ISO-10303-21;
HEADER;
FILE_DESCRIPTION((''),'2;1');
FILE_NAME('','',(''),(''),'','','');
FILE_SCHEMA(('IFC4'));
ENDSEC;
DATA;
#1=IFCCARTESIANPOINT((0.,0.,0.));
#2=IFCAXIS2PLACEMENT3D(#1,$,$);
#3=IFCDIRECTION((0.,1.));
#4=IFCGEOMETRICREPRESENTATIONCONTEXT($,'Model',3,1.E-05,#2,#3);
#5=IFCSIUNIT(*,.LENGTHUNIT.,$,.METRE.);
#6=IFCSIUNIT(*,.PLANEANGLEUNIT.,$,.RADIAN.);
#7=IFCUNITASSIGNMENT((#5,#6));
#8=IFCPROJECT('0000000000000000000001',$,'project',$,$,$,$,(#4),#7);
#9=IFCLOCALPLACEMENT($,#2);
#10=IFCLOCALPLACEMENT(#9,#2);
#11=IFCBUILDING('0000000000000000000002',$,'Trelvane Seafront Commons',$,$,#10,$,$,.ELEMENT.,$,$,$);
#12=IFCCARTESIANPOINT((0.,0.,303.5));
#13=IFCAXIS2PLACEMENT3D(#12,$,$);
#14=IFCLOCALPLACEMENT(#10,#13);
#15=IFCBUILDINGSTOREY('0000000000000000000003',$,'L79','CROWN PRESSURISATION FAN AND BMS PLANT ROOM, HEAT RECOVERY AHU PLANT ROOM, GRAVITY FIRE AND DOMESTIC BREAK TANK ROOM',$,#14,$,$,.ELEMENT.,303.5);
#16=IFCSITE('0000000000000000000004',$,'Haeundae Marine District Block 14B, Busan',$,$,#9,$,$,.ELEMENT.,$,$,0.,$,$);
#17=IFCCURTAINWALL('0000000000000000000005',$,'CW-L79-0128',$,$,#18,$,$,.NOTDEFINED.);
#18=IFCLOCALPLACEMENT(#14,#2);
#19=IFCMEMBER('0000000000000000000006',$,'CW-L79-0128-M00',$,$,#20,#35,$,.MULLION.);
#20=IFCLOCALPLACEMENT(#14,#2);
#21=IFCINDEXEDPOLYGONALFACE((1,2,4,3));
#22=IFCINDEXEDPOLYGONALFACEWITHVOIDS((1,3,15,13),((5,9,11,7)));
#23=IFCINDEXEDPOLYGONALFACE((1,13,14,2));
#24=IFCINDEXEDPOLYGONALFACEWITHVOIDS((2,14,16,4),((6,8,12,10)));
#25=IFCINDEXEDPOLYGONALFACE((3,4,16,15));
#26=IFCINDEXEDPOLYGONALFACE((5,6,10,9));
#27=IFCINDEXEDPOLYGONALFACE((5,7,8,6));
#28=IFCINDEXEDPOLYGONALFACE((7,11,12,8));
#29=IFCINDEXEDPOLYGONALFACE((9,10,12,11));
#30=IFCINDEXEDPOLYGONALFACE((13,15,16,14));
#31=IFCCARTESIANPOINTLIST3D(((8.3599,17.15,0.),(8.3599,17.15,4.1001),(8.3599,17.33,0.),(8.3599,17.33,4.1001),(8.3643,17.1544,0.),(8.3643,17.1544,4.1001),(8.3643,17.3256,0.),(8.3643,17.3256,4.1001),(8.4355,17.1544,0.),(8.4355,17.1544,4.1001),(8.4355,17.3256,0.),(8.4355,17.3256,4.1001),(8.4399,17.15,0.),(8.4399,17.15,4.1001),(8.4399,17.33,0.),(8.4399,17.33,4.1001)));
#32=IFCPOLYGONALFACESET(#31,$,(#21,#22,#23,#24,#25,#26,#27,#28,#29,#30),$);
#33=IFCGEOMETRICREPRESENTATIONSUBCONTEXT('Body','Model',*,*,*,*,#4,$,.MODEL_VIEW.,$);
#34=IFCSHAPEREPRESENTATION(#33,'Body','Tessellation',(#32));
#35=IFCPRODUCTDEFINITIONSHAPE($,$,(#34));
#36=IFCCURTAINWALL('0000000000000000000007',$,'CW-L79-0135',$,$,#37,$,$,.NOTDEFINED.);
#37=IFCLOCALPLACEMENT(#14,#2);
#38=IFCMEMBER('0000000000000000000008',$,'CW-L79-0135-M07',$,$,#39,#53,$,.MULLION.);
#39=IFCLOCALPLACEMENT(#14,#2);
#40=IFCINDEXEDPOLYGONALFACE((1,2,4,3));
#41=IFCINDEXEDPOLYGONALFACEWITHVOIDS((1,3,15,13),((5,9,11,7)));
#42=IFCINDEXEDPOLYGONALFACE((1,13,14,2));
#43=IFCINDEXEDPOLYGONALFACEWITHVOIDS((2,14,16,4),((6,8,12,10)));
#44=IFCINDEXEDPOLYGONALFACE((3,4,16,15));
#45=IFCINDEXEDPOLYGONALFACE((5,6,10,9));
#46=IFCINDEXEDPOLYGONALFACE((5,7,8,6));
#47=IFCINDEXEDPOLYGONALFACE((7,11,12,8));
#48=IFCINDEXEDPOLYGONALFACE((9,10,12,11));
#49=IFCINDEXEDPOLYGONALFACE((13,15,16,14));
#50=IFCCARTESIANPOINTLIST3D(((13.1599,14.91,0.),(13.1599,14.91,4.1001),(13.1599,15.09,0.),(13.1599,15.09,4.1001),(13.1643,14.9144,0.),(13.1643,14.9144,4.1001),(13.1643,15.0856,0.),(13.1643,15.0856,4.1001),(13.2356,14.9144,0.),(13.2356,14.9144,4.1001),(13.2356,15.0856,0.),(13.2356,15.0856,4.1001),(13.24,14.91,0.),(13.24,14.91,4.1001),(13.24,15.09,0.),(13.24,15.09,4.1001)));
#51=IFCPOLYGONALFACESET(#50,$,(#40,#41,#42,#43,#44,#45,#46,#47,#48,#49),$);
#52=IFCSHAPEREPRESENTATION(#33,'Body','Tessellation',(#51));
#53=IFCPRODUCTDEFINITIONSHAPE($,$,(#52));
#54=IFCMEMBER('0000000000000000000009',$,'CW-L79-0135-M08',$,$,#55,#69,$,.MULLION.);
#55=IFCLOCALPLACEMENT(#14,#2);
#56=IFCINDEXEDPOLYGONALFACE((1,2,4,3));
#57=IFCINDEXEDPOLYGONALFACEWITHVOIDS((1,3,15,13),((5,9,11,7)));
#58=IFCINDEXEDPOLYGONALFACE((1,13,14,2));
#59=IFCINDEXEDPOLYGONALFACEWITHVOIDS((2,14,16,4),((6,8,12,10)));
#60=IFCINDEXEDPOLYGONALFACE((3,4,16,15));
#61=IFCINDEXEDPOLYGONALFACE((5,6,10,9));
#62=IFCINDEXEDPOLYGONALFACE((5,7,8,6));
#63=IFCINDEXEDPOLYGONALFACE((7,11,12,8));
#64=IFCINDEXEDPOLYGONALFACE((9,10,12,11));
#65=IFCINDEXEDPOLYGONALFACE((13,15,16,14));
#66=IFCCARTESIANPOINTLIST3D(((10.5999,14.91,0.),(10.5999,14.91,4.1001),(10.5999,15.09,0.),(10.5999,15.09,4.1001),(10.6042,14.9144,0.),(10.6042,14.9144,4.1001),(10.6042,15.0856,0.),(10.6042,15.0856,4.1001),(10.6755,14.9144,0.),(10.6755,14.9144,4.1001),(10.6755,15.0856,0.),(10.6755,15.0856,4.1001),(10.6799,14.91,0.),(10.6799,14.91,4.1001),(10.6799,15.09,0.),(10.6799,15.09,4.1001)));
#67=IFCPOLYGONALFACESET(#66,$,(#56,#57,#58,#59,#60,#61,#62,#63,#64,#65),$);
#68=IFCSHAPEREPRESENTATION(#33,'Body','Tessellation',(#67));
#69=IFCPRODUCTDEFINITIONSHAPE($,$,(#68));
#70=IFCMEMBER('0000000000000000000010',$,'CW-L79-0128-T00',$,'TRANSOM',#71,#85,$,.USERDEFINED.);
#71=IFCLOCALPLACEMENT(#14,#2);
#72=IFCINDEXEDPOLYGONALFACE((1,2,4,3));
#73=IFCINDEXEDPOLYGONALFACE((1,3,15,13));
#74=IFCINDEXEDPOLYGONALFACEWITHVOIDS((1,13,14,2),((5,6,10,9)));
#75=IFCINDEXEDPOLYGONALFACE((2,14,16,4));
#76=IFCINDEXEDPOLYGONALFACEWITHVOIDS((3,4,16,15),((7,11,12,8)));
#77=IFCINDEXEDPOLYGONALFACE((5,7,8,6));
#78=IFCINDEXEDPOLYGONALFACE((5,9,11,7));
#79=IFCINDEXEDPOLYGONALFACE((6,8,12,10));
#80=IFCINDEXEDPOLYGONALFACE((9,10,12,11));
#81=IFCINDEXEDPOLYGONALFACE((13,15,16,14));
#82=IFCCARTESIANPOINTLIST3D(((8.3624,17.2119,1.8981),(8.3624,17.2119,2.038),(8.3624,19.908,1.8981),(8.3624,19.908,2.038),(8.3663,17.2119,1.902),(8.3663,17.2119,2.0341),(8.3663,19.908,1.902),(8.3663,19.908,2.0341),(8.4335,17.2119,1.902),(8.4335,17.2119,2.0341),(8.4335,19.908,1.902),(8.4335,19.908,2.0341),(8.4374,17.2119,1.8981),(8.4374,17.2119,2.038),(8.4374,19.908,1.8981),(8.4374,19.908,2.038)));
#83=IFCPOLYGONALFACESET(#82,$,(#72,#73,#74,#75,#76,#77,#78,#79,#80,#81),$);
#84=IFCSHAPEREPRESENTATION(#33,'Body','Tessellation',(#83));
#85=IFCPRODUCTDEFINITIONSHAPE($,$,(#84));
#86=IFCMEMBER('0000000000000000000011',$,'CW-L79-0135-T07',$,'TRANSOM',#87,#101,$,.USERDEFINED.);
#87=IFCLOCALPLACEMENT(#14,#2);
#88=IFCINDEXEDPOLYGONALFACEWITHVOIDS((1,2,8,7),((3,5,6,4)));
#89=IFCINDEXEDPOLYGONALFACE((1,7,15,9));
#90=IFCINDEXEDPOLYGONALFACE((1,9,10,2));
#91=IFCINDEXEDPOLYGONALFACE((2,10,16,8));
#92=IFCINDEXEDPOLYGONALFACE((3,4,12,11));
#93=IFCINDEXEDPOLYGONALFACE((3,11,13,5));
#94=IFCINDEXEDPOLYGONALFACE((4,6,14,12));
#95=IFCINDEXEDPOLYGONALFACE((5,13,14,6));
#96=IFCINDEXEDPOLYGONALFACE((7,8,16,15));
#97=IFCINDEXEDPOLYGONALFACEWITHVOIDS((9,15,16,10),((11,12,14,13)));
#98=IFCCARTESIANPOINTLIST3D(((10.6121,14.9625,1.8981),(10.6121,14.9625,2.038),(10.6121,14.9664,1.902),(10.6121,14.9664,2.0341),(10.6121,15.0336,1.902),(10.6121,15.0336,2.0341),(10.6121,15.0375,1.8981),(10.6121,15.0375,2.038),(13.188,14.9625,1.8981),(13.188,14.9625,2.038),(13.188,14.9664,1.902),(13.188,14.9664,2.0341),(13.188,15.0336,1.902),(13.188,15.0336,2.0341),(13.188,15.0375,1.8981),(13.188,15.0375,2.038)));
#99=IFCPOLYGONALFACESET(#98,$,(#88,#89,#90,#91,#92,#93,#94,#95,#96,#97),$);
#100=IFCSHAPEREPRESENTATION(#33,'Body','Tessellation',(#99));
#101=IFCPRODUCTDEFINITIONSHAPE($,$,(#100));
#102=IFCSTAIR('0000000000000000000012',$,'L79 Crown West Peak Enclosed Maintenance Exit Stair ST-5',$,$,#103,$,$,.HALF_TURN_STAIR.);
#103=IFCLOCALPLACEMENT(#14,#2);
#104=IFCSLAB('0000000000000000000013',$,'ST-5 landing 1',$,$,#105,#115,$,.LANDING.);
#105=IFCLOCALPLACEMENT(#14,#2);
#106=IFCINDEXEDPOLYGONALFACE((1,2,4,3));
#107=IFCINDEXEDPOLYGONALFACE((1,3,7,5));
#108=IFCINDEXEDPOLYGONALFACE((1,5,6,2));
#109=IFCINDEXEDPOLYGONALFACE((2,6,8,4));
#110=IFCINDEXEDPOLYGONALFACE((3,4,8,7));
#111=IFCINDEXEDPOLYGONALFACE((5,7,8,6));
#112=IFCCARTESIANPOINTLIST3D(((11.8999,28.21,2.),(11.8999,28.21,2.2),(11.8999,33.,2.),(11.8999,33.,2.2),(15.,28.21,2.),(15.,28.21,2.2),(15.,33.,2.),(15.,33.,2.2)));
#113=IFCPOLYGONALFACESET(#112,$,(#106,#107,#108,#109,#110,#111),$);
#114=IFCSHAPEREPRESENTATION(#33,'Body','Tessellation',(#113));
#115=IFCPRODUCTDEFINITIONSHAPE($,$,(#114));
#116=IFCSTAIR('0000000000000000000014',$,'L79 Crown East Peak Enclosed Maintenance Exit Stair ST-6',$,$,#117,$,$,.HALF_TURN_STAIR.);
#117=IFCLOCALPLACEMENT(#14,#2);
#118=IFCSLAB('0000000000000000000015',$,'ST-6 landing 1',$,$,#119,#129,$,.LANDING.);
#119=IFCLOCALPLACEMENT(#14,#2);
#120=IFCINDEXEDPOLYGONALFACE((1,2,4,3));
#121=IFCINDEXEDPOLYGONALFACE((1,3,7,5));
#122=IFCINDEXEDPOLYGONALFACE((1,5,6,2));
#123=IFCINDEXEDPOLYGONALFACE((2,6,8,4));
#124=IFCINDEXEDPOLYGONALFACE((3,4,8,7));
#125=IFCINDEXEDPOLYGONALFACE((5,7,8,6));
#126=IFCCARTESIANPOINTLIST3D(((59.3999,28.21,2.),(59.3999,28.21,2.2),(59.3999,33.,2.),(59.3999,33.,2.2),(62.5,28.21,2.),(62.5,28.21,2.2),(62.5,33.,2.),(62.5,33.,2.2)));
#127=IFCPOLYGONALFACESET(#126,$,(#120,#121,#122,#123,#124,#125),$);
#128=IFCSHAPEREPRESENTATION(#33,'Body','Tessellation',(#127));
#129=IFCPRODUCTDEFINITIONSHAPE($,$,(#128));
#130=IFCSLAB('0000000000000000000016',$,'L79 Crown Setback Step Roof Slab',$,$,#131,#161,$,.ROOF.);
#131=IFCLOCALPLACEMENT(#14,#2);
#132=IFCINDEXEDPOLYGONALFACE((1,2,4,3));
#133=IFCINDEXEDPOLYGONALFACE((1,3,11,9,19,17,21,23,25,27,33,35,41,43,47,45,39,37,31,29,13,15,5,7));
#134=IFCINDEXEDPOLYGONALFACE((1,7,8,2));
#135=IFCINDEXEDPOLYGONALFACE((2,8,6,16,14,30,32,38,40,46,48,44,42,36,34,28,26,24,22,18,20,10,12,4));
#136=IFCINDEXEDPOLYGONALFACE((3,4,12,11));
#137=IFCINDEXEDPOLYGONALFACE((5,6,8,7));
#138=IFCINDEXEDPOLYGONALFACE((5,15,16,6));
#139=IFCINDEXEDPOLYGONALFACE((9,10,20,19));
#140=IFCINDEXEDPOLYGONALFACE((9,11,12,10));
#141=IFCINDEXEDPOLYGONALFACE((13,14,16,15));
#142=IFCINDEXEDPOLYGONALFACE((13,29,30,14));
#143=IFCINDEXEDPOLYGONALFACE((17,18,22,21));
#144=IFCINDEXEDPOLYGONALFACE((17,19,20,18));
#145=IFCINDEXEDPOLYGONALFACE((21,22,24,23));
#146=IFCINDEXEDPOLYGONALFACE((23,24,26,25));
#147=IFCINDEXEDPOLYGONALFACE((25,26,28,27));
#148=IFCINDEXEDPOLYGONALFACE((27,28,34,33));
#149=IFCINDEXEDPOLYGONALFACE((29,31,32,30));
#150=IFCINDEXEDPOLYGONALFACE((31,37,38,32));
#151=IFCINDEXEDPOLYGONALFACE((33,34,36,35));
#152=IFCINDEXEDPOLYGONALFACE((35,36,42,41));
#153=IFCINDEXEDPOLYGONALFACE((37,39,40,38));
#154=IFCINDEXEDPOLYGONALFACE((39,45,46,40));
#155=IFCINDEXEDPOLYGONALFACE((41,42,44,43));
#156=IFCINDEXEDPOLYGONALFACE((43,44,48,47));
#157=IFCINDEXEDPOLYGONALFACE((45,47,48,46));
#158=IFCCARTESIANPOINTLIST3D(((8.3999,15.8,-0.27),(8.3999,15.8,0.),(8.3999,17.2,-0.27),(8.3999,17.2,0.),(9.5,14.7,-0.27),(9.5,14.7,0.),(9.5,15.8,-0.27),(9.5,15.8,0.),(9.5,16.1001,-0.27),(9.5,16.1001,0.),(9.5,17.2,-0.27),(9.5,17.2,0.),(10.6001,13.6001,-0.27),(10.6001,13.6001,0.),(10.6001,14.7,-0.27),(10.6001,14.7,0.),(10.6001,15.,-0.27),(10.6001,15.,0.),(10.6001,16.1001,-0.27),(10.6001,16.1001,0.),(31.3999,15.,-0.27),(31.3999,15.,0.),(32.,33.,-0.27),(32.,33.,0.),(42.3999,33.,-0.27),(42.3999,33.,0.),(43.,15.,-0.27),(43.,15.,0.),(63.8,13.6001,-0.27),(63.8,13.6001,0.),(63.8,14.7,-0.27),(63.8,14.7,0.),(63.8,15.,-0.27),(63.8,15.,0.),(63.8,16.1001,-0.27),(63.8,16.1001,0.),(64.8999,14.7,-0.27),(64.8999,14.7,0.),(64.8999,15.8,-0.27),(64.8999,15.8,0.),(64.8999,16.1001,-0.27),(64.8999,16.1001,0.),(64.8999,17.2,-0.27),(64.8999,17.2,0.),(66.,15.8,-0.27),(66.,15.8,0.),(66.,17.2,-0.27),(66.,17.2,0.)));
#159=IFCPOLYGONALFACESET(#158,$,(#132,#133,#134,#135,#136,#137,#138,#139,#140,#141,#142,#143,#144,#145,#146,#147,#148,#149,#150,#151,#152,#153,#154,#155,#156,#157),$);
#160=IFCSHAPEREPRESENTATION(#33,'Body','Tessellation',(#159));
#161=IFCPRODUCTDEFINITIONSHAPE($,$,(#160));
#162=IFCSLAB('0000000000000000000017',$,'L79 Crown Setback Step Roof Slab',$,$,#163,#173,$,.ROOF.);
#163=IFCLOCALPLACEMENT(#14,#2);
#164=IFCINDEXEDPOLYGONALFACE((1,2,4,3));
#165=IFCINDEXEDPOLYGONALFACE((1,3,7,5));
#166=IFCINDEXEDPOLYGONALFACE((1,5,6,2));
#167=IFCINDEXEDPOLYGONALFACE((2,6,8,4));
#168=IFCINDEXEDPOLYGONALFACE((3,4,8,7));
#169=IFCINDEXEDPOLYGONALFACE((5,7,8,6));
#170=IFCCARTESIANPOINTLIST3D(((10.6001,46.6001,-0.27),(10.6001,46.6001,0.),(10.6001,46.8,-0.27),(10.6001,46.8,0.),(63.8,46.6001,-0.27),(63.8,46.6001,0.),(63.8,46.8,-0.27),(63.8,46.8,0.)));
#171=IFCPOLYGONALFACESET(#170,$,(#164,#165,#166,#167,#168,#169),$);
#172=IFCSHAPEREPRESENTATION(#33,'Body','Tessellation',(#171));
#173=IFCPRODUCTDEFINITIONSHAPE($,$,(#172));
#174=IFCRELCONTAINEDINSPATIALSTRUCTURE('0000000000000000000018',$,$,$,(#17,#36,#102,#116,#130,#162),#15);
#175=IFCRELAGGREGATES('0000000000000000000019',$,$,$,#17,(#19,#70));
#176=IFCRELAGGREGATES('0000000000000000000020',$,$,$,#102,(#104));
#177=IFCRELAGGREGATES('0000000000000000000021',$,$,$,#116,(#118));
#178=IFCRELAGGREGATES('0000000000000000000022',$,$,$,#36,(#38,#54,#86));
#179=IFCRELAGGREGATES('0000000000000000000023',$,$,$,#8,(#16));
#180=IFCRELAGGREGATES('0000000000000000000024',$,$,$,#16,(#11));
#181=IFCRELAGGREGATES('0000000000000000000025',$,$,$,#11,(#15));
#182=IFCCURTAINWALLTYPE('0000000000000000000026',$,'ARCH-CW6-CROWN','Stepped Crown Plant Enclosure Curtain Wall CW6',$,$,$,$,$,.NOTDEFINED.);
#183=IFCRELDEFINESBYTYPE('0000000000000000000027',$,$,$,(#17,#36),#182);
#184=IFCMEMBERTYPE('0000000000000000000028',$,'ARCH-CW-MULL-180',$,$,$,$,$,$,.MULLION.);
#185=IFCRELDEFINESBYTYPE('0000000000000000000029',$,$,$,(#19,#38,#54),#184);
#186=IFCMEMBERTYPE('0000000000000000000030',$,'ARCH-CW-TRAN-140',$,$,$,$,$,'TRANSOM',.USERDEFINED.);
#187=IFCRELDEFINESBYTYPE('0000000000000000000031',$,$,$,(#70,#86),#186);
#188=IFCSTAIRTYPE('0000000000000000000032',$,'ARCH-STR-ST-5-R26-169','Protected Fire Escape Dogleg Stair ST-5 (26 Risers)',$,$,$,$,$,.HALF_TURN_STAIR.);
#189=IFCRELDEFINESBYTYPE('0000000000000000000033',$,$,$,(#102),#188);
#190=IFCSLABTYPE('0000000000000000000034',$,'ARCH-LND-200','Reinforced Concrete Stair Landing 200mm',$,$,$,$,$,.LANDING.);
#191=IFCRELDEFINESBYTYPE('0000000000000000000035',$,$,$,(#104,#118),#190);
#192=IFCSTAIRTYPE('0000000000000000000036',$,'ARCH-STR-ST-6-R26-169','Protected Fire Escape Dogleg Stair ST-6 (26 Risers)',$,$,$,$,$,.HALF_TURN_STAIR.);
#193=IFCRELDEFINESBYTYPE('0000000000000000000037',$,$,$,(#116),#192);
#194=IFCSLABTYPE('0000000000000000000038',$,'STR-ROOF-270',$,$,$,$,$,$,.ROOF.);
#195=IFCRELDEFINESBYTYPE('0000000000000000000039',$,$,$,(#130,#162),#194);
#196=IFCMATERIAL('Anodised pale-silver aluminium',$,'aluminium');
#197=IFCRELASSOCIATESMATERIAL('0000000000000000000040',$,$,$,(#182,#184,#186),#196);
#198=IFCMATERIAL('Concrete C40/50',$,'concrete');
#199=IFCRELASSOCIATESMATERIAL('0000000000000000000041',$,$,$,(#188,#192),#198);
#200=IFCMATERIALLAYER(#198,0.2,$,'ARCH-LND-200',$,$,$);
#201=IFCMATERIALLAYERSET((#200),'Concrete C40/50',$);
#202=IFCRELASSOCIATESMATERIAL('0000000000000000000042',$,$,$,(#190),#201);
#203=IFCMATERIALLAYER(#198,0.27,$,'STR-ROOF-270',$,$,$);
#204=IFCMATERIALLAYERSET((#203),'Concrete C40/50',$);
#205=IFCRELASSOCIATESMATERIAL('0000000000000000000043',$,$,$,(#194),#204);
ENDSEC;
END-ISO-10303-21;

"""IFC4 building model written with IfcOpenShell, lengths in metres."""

from ifc_helpers import new_model, si_unit, direction, frame, origin, origin_2d, place, context, subcontext, project, spatial, polyline, hollow_rectangle, outline, extrude, source, transform, mapped, material, layer, layer_set, material_profile, profile_set, type_object, element, aggregate, save


model = new_model("IFC4")

# Units and contexts
model_context = context("Model", 3, precision=1e-05, world=origin(), true_north=direction((0.0, 1.0)))
body_context = subcontext(model_context, "Body", "Model", "MODEL_VIEW")
ifc_project = project(units=[si_unit("LENGTHUNIT", "METRE"), si_unit("PLANEANGLEUNIT", "RADIAN")], contexts=[model_context])

# Site, building, storey
site_placement = place(None, origin())
site = spatial("IfcSite", under=ifc_project, at=site_placement, Name="Haeundae Marine District Block 14B, Busan", CompositionType="ELEMENT", RefElevation=0.0)
building_placement = place(site_placement, origin())
building = spatial("IfcBuilding", under=site, at=building_placement, Name="Trelvane Seafront Commons", CompositionType="ELEMENT")
storey_placement = place(building_placement, frame((0.0, 0.0, 303.5)))
storey = spatial("IfcBuildingStorey", under=building, at=storey_placement, Name="L79", Description="CROWN PRESSURISATION FAN AND BMS PLANT ROOM, HEAT RECOVERY AHU PLANT ROOM, GRAVITY FIRE AND DOMESTIC BREAK TANK ROOM", CompositionType="ELEMENT", Elevation=303.5)

# Curtain wall, member
ifc_material_1 = material(Name="Anodised pale-silver aluminium", Category="aluminium")
curtain_wall_type = type_object("IfcCurtainWallType", Name="ARCH-CW6-CROWN", Description="Stepped Crown Plant Enclosure Curtain Wall CW6", PredefinedType="NOTDEFINED", material=ifc_material_1)
curtain_wall_1_placement = place(storey_placement, origin())
curtain_wall_1 = element("IfcCurtainWall", 1, at=curtain_wall_1_placement, inside=storey, type_object=curtain_wall_type, Name="CW-L79-0128", PredefinedType="NOTDEFINED")
ifc_material_profile_1 = material_profile(ifc_material_1, hollow_rectangle(XDim=0.0801, YDim=0.1799, WallThickness=0.0044, at=origin_2d()), Name="MULL-80x180x4.5")
ifc_profile_set_1 = profile_set([ifc_material_profile_1], Name="Anodised pale-silver aluminium")
member_type_1 = type_object("IfcMemberType", Name="ARCH-CW-MULL-180", PredefinedType="MULLION", material=ifc_profile_set_1)
shared_shape_1 = source(origin(), body_context, "Body", "SweptSolid", [
    extrude(hollow_rectangle(XDim=0.0801, YDim=0.1799, WallThickness=0.0044, at=origin_2d()), origin(), (0.0, 0.0, 1.0), 4.1001),
])
member_1_placement = place(storey_placement, frame((8.3999, 17.24, 0.0), z_axis=(0.0, 0.0, 1.0), x_axis=(1.0, 0.0, 0.0)))
member_1 = element("IfcMember", 2, at=member_1_placement, type_object=member_type_1, Name="CW-L79-0128-M00", PredefinedType="MULLION", context=body_context, shape_type="MappedRepresentation", body=[
    mapped(shared_shape_1, transform((0.0, 0.0, 0.0), x_axis=(1.0, 0.0, 0.0), y_axis=(0.0, 1.0, 0.0), z_axis=(0.0, 0.0, 1.0), scale=1.0)),
])

# Curtain wall, members
curtain_wall_2_placement = place(storey_placement, origin())
curtain_wall_2 = element("IfcCurtainWall", 3, at=curtain_wall_2_placement, inside=storey, type_object=curtain_wall_type, Name="CW-L79-0135", PredefinedType="NOTDEFINED")
member_2_placement = place(storey_placement, frame((13.2, 15.0, 0.0), z_axis=(0.0, 0.0, 1.0), x_axis=(1.0, 0.0, 0.0)))
member_2 = element("IfcMember", 4, at=member_2_placement, type_object=member_type_1, Name="CW-L79-0135-M07", PredefinedType="MULLION", context=body_context, shape_type="MappedRepresentation", body=[
    mapped(shared_shape_1, transform((0.0, 0.0, 0.0), x_axis=(1.0, 0.0, 0.0), y_axis=(0.0, 1.0, 0.0), z_axis=(0.0, 0.0, 1.0), scale=1.0)),
])
member_3_placement = place(storey_placement, frame((10.6399, 15.0, 0.0), z_axis=(0.0, 0.0, 1.0), x_axis=(1.0, 0.0, 0.0)))
member_3 = element("IfcMember", 5, at=member_3_placement, type_object=member_type_1, Name="CW-L79-0135-M08", PredefinedType="MULLION", context=body_context, shape_type="MappedRepresentation", body=[
    mapped(shared_shape_1, transform((0.0, 0.0, 0.0), x_axis=(1.0, 0.0, 0.0), y_axis=(0.0, 1.0, 0.0), z_axis=(0.0, 0.0, 1.0), scale=1.0)),
])

# Members
ifc_material_profile_2 = material_profile(ifc_material_1, hollow_rectangle(XDim=0.075, YDim=0.1399, WallThickness=0.0039, at=origin_2d()), Name="TRAN-75x140x4")
ifc_profile_set_2 = profile_set([ifc_material_profile_2], Name="Anodised pale-silver aluminium")
member_type_2 = type_object("IfcMemberType", Name="ARCH-CW-TRAN-140", ElementType="TRANSOM", PredefinedType="USERDEFINED", material=ifc_profile_set_2)
shared_shape_2 = source(origin(), body_context, "Body", "SweptSolid", [
    extrude(hollow_rectangle(XDim=0.075, YDim=0.1399, WallThickness=0.0039, at=origin_2d()), origin(), (0.0, 0.0, 1.0), 2.696),
])
member_4_placement = place(storey_placement, frame((8.3999, 17.2119, 1.968), z_axis=(0.0, 1.0, 0.0), x_axis=(-1.0, 0.0, 0.0)))
member_4 = element("IfcMember", 6, at=member_4_placement, type_object=member_type_2, Name="CW-L79-0128-T00", ObjectType="TRANSOM", PredefinedType="USERDEFINED", context=body_context, shape_type="MappedRepresentation", body=[
    mapped(shared_shape_2, transform((0.0, 0.0, 0.0), x_axis=(1.0, 0.0, 0.0), y_axis=(0.0, 1.0, 0.0), z_axis=(0.0, 0.0, 1.0), scale=1.0)),
])
aggregate(curtain_wall_1, [member_1, member_4])
shared_shape_3 = source(origin(), body_context, "Body", "SweptSolid", [
    extrude(hollow_rectangle(XDim=0.075, YDim=0.1399, WallThickness=0.0039, at=origin_2d()), origin(), (0.0, 0.0, 1.0), 2.5759),
])
member_5_placement = place(storey_placement, frame((13.188, 15.0, 1.968), z_axis=(-1.0, 0.0, 0.0), x_axis=(0.0, -1.0, 0.0)))
member_5 = element("IfcMember", 7, at=member_5_placement, type_object=member_type_2, Name="CW-L79-0135-T07", ObjectType="TRANSOM", PredefinedType="USERDEFINED", context=body_context, shape_type="MappedRepresentation", body=[
    mapped(shared_shape_3, transform((0.0, 0.0, 0.0), x_axis=(1.0, 0.0, 0.0), y_axis=(0.0, 1.0, 0.0), z_axis=(0.0, 0.0, 1.0), scale=1.0)),
])

# Stairs, slabs
ifc_material_2 = material(Name="Concrete C40/50", Category="concrete")
stair_type_1 = type_object("IfcStairType", Name="ARCH-STR-ST-5-R26-169", Description="Protected Fire Escape Dogleg Stair ST-5 (26 Risers)", PredefinedType="HALF_TURN_STAIR", material=ifc_material_2)
stair_1_placement = place(storey_placement, origin())
stair_1 = element("IfcStair", 8, at=stair_1_placement, inside=storey, type_object=stair_type_1, Name="L79 Crown West Peak Enclosed Maintenance Exit Stair ST-5", PredefinedType="HALF_TURN_STAIR")
ifc_layer_1 = layer(ifc_material_2, 0.2, Name="ARCH-LND-200")
ifc_layer_set_1 = layer_set([ifc_layer_1], Name="Concrete C40/50")
slab_type_1 = type_object("IfcSlabType", Name="ARCH-LND-200", Description="Reinforced Concrete Stair Landing 200mm", PredefinedType="LANDING", material=ifc_layer_set_1)
slab_1_placement = place(storey_placement, frame((0.0, 0.0, 2.0)))
slab_1 = element("IfcSlab", 9, at=slab_1_placement, type_object=slab_type_1, Name="ST-5 landing 1", PredefinedType="LANDING", context=body_context, shape_type="SweptSolid", body=[
    extrude(outline(polyline([(15.0, 28.21), (15.0, 33.0), (11.8999, 33.0), (11.8999, 28.21), (15.0, 28.21)])), origin(), (0.0, 0.0, 1.0), 0.2),
])
aggregate(stair_1, [slab_1])
stair_type_2 = type_object("IfcStairType", Name="ARCH-STR-ST-6-R26-169", Description="Protected Fire Escape Dogleg Stair ST-6 (26 Risers)", PredefinedType="HALF_TURN_STAIR", material=ifc_material_2)
stair_2_placement = place(storey_placement, origin())
stair_2 = element("IfcStair", 10, at=stair_2_placement, inside=storey, type_object=stair_type_2, Name="L79 Crown East Peak Enclosed Maintenance Exit Stair ST-6", PredefinedType="HALF_TURN_STAIR")
slab_2_placement = place(storey_placement, frame((0.0, 0.0, 2.0)))
slab_2 = element("IfcSlab", 11, at=slab_2_placement, type_object=slab_type_1, Name="ST-6 landing 1", PredefinedType="LANDING", context=body_context, shape_type="SweptSolid", body=[
    extrude(outline(polyline([(62.5, 28.21), (62.5, 33.0), (59.3999, 33.0), (59.3999, 28.21), (62.5, 28.21)])), origin(), (0.0, 0.0, 1.0), 0.2),
])
aggregate(stair_2, [slab_2])

# Slabs
ifc_layer_2 = layer(ifc_material_2, 0.27, Name="STR-ROOF-270")
ifc_layer_set_2 = layer_set([ifc_layer_2], Name="Concrete C40/50")
slab_type_2 = type_object("IfcSlabType", Name="STR-ROOF-270", PredefinedType="ROOF", material=ifc_layer_set_2)
slab_3_placement = place(storey_placement, frame((0.0, 0.0, -0.27)))
element("IfcSlab", 12, at=slab_3_placement, inside=storey, type_object=slab_type_2, Name="L79 Crown Setback Step Roof Slab", PredefinedType="ROOF", context=body_context, shape_type="SweptSolid", body=[
    extrude(outline(polyline([(66.0, 17.2), (64.8999, 17.2), (64.8999, 16.1001), (63.8, 16.1001), (63.8, 15.0), (43.0, 15.0), (42.3999, 33.0), (32.0, 33.0), (31.3999, 15.0), (10.6001, 15.0), (10.6001, 16.1001), (9.5, 16.1001), (9.5, 17.2), (8.3999, 17.2), (8.3999, 15.8), (9.5, 15.8), (9.5, 14.7), (10.6001, 14.7), (10.6001, 13.6001), (63.8, 13.6001), (63.8, 14.7), (64.8999, 14.7), (64.8999, 15.8), (66.0, 15.8), (66.0, 17.2)])), origin(), (0.0, 0.0, 1.0), 0.27),
])
slab_4_placement = place(storey_placement, frame((0.0, 0.0, -0.27)))
element("IfcSlab", 13, at=slab_4_placement, inside=storey, type_object=slab_type_2, Name="L79 Crown Setback Step Roof Slab", PredefinedType="ROOF", context=body_context, shape_type="SweptSolid", body=[
    extrude(outline(polyline([(10.6001, 46.6001), (63.8, 46.6001), (63.8, 46.8), (10.6001, 46.8), (10.6001, 46.6001)])), origin(), (0.0, 0.0, 1.0), 0.27),
])

aggregate(curtain_wall_2, [member_2, member_3, member_5])

save(model, "model.ifc")
